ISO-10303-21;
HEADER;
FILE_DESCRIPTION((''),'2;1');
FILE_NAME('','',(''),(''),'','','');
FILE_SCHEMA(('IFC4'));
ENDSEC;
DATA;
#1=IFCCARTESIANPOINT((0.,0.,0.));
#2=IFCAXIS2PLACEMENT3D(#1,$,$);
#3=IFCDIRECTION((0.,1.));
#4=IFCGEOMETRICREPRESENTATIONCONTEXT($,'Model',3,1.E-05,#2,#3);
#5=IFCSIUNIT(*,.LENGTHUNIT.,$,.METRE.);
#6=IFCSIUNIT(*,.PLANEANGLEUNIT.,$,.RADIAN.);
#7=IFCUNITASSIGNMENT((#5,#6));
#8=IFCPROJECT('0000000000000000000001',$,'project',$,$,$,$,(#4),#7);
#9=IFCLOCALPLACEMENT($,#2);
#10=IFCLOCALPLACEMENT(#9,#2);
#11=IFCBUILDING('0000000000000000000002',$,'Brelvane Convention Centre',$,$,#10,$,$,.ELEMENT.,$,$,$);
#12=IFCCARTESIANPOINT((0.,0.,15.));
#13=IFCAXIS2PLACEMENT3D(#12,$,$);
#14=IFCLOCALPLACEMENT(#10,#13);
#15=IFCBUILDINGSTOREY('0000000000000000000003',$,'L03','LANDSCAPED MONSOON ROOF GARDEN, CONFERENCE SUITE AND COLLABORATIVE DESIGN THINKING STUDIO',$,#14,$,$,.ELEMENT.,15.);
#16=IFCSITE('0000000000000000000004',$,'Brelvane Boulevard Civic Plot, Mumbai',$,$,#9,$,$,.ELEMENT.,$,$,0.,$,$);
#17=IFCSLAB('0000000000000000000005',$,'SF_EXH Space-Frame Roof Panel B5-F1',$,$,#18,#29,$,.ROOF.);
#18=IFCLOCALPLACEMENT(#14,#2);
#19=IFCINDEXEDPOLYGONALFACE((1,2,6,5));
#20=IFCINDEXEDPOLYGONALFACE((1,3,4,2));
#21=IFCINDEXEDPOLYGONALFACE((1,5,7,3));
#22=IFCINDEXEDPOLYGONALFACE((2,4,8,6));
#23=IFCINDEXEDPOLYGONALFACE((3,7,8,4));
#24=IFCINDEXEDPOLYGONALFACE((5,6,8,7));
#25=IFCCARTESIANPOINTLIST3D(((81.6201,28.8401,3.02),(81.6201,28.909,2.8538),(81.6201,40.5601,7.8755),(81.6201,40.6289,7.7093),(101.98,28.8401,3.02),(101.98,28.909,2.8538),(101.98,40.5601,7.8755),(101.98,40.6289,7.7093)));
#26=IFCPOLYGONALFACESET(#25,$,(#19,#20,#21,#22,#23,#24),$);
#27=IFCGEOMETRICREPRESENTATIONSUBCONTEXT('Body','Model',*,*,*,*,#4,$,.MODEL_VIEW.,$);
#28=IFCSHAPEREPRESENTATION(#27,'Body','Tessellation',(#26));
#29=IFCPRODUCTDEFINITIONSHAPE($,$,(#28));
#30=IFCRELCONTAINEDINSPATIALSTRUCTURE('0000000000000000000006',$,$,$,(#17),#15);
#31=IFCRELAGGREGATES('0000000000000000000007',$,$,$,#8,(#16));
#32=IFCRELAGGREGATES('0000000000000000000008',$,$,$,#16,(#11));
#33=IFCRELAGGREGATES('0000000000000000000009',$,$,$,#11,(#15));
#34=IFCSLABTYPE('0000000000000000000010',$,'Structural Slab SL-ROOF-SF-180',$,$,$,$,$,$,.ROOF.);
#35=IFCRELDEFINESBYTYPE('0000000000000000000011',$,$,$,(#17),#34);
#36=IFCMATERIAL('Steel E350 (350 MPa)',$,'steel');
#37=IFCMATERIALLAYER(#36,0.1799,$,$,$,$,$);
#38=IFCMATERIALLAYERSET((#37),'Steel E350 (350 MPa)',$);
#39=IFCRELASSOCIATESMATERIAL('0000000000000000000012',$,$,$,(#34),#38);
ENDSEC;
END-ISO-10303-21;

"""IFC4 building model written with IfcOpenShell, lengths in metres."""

from ifc_helpers import new_model, si_unit, direction, frame, origin, place, context, subcontext, project, spatial, polyline, outline, extrude, material, layer, layer_set, type_object, element, save


model = new_model("IFC4")

# Units and contexts
model_context = context("Model", 3, precision=1e-05, world=origin(), true_north=direction((0.0, 1.0)))
body_context = subcontext(model_context, "Body", "Model", "MODEL_VIEW")
ifc_project = project(units=[si_unit("LENGTHUNIT", "METRE"), si_unit("PLANEANGLEUNIT", "RADIAN")], contexts=[model_context])

# Site, building, storey
site_placement = place(None, origin())
site = spatial("IfcSite", under=ifc_project, at=site_placement, Name="Brelvane Boulevard Civic Plot, Mumbai", CompositionType="ELEMENT", RefElevation=0.0)
building_placement = place(site_placement, origin())
building = spatial("IfcBuilding", under=site, at=building_placement, Name="Brelvane Convention Centre", CompositionType="ELEMENT")
storey_placement = place(building_placement, frame((0.0, 0.0, 15.0)))
storey = spatial("IfcBuildingStorey", under=building, at=storey_placement, Name="L03", Description="LANDSCAPED MONSOON ROOF GARDEN, CONFERENCE SUITE AND COLLABORATIVE DESIGN THINKING STUDIO", CompositionType="ELEMENT", Elevation=15.0)

# Slab
ifc_material_1 = material(Name="Steel E350 (350 MPa)", Category="steel")
ifc_layer_1 = layer(ifc_material_1, 0.1799)
ifc_layer_set_1 = layer_set([ifc_layer_1], Name="Steel E350 (350 MPa)")
slab_type = type_object("IfcSlabType", Name="Structural Slab SL-ROOF-SF-180", PredefinedType="ROOF", material=ifc_layer_set_1)
slab_placement = place(storey_placement, frame((81.6201, 28.8401, 3.02), z_axis=(0.0, -0.382744, 0.923855), x_axis=(1.0, 0.0, 0.0)))
element("IfcSlab", 1, at=slab_placement, inside=storey, type_object=slab_type, Name="SF_EXH Space-Frame Roof Panel B5-F1", PredefinedType="ROOF", context=body_context, shape_type="SweptSolid", body=[
    extrude(outline(polyline([(0.0, 0.0), (20.3599, 0.0), (20.3599, 12.6859), (0.0, 12.6859), (0.0, 0.0)])), origin(), (0.0, 0.0, -1.0), 0.1799),
])

save(model, "model.ifc")
